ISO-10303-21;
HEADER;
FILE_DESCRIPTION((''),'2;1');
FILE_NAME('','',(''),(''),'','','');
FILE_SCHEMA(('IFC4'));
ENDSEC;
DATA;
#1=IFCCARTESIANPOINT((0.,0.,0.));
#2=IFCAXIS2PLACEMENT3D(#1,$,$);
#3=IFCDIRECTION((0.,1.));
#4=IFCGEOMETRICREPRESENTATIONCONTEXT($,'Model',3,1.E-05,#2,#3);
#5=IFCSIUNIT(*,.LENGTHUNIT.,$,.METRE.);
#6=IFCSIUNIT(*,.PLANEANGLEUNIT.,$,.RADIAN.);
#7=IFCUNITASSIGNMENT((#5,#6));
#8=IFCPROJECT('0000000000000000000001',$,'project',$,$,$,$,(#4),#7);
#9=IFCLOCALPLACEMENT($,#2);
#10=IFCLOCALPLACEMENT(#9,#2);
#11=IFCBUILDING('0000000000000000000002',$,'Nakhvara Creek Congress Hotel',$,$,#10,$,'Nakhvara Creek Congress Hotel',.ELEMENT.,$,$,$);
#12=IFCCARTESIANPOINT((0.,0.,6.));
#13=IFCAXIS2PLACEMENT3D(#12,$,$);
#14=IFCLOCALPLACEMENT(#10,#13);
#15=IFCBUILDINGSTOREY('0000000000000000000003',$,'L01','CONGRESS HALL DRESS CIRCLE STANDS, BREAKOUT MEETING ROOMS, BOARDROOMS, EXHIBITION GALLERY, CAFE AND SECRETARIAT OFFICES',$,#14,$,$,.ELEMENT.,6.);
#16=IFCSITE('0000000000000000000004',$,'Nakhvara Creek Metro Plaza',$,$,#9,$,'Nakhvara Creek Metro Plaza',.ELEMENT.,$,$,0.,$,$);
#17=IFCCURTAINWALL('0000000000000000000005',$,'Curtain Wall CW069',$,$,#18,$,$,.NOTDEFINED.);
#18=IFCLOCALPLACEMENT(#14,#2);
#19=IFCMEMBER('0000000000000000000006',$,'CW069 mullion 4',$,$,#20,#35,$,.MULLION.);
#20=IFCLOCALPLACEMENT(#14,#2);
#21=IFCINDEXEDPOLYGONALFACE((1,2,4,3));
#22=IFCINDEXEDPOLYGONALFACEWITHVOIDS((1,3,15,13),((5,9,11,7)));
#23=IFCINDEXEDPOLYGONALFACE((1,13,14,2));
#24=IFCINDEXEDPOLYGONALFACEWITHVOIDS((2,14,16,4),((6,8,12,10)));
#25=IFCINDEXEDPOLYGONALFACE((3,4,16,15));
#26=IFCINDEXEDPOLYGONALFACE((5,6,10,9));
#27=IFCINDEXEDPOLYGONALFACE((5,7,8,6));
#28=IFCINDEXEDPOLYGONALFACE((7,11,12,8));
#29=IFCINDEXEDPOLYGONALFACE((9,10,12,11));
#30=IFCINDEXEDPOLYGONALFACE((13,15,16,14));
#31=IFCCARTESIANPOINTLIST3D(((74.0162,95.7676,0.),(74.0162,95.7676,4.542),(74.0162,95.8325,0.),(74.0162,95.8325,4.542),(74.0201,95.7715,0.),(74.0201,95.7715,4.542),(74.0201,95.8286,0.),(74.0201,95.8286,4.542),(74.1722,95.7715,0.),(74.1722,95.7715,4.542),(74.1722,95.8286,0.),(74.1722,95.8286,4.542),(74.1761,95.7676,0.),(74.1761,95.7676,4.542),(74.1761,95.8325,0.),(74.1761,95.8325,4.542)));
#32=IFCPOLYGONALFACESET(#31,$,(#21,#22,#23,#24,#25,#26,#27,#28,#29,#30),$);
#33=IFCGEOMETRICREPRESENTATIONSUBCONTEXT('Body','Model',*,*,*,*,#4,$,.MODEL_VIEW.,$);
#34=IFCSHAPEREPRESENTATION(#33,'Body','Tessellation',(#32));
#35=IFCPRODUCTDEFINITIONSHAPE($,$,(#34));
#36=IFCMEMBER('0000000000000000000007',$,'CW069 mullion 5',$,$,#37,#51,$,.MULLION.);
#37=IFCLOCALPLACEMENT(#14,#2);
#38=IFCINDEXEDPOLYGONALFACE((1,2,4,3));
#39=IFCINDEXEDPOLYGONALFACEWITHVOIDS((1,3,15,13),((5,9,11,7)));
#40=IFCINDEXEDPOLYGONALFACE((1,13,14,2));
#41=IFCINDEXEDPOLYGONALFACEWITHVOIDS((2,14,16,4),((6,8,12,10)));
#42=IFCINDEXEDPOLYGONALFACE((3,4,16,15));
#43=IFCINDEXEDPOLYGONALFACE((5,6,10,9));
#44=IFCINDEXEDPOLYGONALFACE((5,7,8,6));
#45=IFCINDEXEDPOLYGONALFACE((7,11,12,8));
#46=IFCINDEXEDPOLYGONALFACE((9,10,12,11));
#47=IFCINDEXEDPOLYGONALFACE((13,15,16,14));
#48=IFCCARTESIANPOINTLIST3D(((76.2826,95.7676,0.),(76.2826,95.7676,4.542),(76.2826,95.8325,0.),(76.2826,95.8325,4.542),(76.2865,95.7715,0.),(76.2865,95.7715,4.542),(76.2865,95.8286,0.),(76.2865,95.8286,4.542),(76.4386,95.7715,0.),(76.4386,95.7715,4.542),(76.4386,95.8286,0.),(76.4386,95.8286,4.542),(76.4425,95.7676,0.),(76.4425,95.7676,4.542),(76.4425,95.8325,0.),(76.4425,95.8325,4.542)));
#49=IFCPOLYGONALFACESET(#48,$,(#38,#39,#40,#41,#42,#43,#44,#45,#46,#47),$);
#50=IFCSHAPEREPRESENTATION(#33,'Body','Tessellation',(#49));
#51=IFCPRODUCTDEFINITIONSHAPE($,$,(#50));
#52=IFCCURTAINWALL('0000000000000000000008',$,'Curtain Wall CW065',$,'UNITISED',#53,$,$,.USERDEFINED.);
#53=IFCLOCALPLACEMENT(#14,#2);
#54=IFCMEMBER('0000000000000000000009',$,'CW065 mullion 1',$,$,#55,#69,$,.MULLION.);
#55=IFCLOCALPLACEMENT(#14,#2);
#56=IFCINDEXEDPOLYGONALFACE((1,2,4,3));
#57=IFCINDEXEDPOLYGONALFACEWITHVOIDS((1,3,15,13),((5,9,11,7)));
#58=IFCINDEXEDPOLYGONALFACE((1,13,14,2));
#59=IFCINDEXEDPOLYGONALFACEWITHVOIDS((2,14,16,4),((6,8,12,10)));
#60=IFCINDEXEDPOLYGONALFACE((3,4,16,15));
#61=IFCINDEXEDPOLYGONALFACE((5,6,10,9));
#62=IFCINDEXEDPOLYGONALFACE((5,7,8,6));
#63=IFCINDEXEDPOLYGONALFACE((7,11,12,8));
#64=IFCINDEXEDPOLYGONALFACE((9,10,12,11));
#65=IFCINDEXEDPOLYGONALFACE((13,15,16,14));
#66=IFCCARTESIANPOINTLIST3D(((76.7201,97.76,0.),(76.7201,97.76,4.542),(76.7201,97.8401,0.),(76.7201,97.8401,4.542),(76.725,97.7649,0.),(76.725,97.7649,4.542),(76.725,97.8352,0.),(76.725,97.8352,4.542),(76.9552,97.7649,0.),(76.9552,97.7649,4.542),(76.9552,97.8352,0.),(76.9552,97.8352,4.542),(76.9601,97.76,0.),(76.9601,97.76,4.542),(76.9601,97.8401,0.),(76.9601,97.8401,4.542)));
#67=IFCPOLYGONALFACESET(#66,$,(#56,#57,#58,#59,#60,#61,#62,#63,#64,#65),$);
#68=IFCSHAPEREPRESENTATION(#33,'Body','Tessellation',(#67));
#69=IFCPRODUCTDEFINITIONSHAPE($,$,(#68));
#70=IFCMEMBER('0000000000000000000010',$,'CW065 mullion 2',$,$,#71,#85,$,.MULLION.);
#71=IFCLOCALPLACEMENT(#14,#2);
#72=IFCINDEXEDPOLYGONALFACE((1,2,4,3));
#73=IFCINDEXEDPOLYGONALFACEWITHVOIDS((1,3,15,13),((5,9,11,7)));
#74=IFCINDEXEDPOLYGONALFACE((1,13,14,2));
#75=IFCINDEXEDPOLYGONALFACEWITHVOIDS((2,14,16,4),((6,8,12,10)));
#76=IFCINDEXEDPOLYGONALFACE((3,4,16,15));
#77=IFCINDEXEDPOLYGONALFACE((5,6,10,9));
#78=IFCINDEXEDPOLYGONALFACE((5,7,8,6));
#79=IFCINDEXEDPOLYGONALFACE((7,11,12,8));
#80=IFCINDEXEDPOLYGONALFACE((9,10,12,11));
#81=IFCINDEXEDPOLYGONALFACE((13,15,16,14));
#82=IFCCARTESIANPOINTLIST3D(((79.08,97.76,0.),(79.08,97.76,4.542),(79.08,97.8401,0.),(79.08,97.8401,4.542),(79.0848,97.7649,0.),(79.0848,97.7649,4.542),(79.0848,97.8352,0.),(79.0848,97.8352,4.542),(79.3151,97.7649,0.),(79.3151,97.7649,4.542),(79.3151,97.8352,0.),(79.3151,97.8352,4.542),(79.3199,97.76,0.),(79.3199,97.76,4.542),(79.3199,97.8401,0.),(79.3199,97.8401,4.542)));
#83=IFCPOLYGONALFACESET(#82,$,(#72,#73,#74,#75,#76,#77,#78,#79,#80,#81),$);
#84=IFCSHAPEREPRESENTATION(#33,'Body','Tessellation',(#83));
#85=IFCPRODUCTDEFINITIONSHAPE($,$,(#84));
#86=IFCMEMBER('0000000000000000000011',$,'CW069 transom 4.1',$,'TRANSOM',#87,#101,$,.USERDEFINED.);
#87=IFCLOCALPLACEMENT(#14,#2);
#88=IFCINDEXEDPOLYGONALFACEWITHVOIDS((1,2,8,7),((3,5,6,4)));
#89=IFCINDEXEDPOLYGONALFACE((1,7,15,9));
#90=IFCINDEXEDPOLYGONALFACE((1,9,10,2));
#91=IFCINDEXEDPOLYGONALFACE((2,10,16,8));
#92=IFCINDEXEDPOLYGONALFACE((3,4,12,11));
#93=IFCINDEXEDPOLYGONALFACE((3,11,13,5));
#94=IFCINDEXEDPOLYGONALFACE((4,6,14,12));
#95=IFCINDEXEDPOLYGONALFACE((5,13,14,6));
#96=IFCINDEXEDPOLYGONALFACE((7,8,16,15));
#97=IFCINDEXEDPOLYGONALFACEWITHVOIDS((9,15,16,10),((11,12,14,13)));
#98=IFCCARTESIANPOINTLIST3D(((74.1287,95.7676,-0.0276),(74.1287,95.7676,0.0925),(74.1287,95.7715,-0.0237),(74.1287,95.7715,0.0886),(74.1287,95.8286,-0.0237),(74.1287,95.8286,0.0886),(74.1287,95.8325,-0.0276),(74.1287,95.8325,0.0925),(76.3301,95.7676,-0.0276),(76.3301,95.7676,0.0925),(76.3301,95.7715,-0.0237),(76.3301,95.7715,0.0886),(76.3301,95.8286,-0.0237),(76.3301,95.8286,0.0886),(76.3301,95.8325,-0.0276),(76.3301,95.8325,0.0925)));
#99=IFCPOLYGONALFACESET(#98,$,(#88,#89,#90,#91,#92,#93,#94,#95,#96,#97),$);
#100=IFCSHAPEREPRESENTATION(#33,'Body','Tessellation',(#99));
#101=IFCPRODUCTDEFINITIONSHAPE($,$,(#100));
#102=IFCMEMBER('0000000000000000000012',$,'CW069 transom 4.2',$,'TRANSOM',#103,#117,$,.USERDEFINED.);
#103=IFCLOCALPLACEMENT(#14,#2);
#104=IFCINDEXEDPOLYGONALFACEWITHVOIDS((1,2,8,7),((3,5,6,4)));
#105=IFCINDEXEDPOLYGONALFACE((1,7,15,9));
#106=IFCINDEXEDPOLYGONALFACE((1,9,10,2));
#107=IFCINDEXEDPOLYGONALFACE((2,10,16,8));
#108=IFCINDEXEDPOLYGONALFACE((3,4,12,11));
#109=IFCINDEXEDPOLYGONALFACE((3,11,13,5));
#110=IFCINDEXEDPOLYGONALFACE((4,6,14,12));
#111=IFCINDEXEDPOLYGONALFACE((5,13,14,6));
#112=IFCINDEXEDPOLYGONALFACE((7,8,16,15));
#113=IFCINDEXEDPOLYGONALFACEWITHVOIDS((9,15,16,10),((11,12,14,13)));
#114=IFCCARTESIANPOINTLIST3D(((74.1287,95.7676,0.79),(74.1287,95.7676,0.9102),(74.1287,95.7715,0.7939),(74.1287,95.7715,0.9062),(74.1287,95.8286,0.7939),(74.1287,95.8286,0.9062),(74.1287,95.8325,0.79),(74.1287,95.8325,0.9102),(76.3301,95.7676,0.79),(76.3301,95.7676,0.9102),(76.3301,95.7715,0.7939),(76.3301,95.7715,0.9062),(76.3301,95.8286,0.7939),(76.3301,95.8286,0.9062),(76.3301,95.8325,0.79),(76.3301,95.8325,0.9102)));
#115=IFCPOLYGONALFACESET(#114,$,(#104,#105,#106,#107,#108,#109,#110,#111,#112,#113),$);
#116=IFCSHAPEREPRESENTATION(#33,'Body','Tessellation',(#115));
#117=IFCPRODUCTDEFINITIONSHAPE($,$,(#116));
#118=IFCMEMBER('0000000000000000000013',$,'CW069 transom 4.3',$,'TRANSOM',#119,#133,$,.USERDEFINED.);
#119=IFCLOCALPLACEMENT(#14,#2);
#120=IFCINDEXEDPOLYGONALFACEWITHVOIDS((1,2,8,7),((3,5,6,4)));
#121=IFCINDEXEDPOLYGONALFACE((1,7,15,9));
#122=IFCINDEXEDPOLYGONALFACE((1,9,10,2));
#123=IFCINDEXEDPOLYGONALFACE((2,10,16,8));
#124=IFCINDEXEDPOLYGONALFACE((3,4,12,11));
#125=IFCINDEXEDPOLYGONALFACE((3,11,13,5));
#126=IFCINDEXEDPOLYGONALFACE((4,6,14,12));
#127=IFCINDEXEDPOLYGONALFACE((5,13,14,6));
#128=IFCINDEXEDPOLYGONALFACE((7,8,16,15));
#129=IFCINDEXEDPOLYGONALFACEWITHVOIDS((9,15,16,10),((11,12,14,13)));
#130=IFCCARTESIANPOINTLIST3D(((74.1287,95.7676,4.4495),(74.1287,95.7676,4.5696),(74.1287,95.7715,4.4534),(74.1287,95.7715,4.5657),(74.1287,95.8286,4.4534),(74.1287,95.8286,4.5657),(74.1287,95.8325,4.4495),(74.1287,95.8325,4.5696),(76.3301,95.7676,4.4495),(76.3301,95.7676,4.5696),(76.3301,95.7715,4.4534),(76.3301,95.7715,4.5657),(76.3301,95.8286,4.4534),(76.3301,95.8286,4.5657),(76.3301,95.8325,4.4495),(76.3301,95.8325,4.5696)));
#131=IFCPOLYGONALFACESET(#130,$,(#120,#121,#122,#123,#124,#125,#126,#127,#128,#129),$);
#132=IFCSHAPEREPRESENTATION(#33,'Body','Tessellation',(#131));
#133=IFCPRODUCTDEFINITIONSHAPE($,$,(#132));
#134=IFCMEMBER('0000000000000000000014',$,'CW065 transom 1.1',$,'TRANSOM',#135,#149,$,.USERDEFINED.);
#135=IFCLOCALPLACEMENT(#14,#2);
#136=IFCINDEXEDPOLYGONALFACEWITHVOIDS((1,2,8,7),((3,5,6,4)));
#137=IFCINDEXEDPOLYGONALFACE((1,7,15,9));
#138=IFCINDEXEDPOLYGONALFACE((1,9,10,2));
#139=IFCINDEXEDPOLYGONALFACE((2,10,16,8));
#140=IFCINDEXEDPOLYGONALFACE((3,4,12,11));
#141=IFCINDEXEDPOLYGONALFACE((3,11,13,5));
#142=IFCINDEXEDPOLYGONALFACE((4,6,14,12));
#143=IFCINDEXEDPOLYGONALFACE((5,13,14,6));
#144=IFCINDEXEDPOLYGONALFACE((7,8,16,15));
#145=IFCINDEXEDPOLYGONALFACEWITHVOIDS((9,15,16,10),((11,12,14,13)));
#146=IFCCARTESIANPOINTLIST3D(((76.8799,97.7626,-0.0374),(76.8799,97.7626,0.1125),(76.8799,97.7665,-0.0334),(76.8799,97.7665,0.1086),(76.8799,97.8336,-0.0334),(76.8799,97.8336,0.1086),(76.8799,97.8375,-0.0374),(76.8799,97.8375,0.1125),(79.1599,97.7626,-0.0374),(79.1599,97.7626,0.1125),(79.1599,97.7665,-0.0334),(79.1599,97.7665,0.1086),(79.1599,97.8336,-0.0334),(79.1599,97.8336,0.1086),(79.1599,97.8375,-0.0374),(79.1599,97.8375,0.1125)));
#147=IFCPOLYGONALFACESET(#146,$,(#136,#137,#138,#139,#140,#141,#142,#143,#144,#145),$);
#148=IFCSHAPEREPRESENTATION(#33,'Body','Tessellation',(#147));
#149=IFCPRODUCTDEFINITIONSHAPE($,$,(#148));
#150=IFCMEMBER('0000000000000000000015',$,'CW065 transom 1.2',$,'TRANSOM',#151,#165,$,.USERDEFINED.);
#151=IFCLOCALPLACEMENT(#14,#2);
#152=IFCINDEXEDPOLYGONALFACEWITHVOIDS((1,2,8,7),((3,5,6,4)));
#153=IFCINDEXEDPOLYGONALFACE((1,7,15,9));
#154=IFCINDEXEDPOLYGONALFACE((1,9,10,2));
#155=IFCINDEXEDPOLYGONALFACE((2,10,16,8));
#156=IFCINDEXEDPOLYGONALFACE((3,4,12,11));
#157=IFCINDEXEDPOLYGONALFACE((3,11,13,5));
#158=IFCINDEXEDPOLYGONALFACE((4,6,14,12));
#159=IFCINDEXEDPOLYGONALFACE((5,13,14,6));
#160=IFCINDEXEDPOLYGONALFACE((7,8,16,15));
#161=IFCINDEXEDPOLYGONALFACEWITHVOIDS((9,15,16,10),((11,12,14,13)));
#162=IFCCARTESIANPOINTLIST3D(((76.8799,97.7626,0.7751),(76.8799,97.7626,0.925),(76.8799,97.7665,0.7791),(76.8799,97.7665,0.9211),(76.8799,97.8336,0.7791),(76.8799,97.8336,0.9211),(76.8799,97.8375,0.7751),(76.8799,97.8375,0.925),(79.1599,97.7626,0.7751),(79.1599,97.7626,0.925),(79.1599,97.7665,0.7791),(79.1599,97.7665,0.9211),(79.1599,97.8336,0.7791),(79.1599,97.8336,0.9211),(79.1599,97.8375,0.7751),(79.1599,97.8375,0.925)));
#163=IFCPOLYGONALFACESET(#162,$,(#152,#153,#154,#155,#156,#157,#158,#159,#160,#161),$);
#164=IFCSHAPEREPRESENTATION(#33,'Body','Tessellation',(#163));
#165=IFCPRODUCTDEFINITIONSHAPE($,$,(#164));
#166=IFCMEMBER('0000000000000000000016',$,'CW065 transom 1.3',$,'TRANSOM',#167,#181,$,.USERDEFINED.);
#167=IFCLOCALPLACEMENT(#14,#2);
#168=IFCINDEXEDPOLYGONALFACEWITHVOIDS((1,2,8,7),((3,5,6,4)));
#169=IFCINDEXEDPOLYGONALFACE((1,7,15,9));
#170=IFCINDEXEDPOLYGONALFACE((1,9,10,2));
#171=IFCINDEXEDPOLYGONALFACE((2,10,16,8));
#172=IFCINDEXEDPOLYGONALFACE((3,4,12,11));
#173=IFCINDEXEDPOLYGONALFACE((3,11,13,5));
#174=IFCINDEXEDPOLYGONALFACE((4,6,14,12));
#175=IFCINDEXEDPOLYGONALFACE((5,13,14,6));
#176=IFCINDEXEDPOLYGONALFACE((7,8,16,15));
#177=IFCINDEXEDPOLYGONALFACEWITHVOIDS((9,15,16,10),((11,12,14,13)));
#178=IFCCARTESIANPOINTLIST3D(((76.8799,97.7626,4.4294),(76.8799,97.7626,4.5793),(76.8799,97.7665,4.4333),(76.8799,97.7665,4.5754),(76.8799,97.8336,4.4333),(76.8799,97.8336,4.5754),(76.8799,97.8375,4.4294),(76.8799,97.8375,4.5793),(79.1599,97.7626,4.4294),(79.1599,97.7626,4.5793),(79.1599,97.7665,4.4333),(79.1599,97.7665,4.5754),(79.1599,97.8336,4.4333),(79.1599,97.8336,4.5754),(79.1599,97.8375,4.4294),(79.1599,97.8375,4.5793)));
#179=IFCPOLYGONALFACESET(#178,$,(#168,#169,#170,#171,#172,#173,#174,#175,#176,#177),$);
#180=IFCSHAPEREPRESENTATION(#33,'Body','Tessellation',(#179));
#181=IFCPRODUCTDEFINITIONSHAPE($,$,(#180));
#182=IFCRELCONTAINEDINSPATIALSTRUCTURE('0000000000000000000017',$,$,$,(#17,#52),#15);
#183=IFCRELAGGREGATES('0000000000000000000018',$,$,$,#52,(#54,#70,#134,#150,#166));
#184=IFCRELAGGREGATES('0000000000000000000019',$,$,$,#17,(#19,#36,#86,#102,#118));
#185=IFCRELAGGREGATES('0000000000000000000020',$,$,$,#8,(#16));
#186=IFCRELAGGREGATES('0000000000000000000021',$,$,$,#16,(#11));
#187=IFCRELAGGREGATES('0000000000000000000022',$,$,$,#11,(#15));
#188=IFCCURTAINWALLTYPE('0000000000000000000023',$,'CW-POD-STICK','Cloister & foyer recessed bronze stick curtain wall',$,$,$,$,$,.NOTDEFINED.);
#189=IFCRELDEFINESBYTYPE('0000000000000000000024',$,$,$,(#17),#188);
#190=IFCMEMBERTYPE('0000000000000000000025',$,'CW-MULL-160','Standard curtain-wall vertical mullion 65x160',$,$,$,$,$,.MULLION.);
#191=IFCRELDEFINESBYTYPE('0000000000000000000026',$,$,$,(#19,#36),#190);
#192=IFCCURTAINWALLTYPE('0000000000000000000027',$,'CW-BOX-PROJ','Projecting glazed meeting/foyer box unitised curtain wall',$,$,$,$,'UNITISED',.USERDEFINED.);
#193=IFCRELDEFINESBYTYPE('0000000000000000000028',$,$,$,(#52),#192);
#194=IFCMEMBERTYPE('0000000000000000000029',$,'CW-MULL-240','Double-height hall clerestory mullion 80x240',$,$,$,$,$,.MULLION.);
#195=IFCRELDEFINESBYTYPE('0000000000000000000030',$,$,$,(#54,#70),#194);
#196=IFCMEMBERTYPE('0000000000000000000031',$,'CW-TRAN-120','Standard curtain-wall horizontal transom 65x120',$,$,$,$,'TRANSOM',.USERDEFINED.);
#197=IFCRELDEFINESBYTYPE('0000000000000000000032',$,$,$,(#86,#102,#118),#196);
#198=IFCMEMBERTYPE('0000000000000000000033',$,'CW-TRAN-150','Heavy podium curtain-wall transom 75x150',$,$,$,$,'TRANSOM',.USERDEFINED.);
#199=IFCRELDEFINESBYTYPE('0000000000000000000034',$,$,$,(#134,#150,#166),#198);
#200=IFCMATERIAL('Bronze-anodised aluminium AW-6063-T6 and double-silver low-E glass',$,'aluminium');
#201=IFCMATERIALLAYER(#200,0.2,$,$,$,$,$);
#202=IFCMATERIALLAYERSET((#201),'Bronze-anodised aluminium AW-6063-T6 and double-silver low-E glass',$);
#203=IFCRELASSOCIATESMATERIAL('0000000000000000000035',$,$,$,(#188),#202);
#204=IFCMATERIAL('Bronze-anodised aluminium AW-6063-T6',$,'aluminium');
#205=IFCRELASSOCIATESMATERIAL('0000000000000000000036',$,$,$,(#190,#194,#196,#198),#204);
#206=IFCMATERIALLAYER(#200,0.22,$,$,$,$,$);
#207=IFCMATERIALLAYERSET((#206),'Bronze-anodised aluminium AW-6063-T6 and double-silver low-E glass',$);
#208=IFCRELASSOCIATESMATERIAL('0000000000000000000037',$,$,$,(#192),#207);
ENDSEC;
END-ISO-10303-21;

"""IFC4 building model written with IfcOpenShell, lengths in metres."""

from ifc_helpers import new_model, si_unit, direction, frame, origin, origin_2d, place, context, subcontext, project, spatial, hollow_rectangle, extrude, material, layer, layer_set, material_profile, profile_set, type_object, element, aggregate, save


model = new_model("IFC4")

# Units and contexts
model_context = context("Model", 3, precision=1e-05, world=origin(), true_north=direction((0.0, 1.0)))
body_context = subcontext(model_context, "Body", "Model", "MODEL_VIEW")
ifc_project = project(units=[si_unit("LENGTHUNIT", "METRE"), si_unit("PLANEANGLEUNIT", "RADIAN")], contexts=[model_context])

# Site, building, storey
site_placement = place(None, origin())
site = spatial("IfcSite", under=ifc_project, at=site_placement, Name="Nakhvara Creek Metro Plaza", LongName="Nakhvara Creek Metro Plaza", CompositionType="ELEMENT", RefElevation=0.0)
building_placement = place(site_placement, origin())
building = spatial("IfcBuilding", under=site, at=building_placement, Name="Nakhvara Creek Congress Hotel", LongName="Nakhvara Creek Congress Hotel", CompositionType="ELEMENT")
storey_placement = place(building_placement, frame((0.0, 0.0, 6.0)))
storey = spatial("IfcBuildingStorey", under=building, at=storey_placement, Name="L01", Description="CONGRESS HALL DRESS CIRCLE STANDS, BREAKOUT MEETING ROOMS, BOARDROOMS, EXHIBITION GALLERY, CAFE AND SECRETARIAT OFFICES", CompositionType="ELEMENT", Elevation=6.0)

# Curtain walls, members
ifc_material_1 = material(Name="Bronze-anodised aluminium AW-6063-T6 and double-silver low-E glass", Category="aluminium")
ifc_layer_1 = layer(ifc_material_1, 0.2)
ifc_layer_set_1 = layer_set([ifc_layer_1], Name="Bronze-anodised aluminium AW-6063-T6 and double-silver low-E glass")
curtain_wall_type_1 = type_object("IfcCurtainWallType", Name="CW-POD-STICK", Description="Cloister & foyer recessed bronze stick curtain wall", PredefinedType="NOTDEFINED", material=ifc_layer_set_1)
curtain_wall_1_placement = place(storey_placement, origin())
curtain_wall_1 = element("IfcCurtainWall", 1, at=curtain_wall_1_placement, inside=storey, type_object=curtain_wall_type_1, Name="Curtain Wall CW069", PredefinedType="NOTDEFINED")
ifc_material_2 = material(Name="Bronze-anodised aluminium AW-6063-T6", Category="aluminium")
ifc_material_profile_1 = material_profile(ifc_material_2, hollow_rectangle(XDim=0.0649, YDim=0.1599, WallThickness=0.0039, at=origin_2d()), Name="ALU-MULL 65x160x4", Category="LoadBearing")
ifc_profile_set_1 = profile_set([ifc_material_profile_1], Name="Bronze-anodised aluminium AW-6063-T6")
member_type_1 = type_object("IfcMemberType", Name="CW-MULL-160", Description="Standard curtain-wall vertical mullion 65x160", PredefinedType="MULLION", material=ifc_profile_set_1)
member_1_placement = place(storey_placement, frame((74.0962, 95.8, 0.0), z_axis=(0.0, 0.0, 1.0), x_axis=(0.0, 1.0, 0.0)))
member_1 = element("IfcMember", 2, at=member_1_placement, type_object=member_type_1, Name="CW069 mullion 4", PredefinedType="MULLION", context=body_context, shape_type="SweptSolid", body=[
    extrude(hollow_rectangle(XDim=0.0649, YDim=0.1599, WallThickness=0.0039, at=origin_2d()), origin(), (0.0, 0.0, 1.0), 4.542),
])
member_2_placement = place(storey_placement, frame((76.3625, 95.8, 0.0), z_axis=(0.0, 0.0, 1.0), x_axis=(0.0, 1.0, 0.0)))
member_2 = element("IfcMember", 3, at=member_2_placement, type_object=member_type_1, Name="CW069 mullion 5", PredefinedType="MULLION", context=body_context, shape_type="SweptSolid", body=[
    extrude(hollow_rectangle(XDim=0.0649, YDim=0.1599, WallThickness=0.0039, at=origin_2d()), origin(), (0.0, 0.0, 1.0), 4.542),
])
ifc_layer_2 = layer(ifc_material_1, 0.22)
ifc_layer_set_2 = layer_set([ifc_layer_2], Name="Bronze-anodised aluminium AW-6063-T6 and double-silver low-E glass")
curtain_wall_type_2 = type_object("IfcCurtainWallType", Name="CW-BOX-PROJ", Description="Projecting glazed meeting/foyer box unitised curtain wall", ElementType="UNITISED", PredefinedType="USERDEFINED", material=ifc_layer_set_2)
curtain_wall_2_placement = place(storey_placement, origin())
curtain_wall_2 = element("IfcCurtainWall", 4, at=curtain_wall_2_placement, inside=storey, type_object=curtain_wall_type_2, Name="Curtain Wall CW065", ObjectType="UNITISED", PredefinedType="USERDEFINED")
ifc_material_profile_2 = material_profile(ifc_material_2, hollow_rectangle(XDim=0.0801, YDim=0.24, WallThickness=0.0049, at=origin_2d()), Name="ALU-MULL 80x240x5", Category="LoadBearing")
ifc_profile_set_2 = profile_set([ifc_material_profile_2], Name="Bronze-anodised aluminium AW-6063-T6")
member_type_2 = type_object("IfcMemberType", Name="CW-MULL-240", Description="Double-height hall clerestory mullion 80x240", PredefinedType="MULLION", material=ifc_profile_set_2)
member_3_placement = place(storey_placement, frame((76.8401, 97.8, 0.0), z_axis=(0.0, 0.0, 1.0), x_axis=(0.0, 1.0, 0.0)))
member_3 = element("IfcMember", 5, at=member_3_placement, type_object=member_type_2, Name="CW065 mullion 1", PredefinedType="MULLION", context=body_context, shape_type="SweptSolid", body=[
    extrude(hollow_rectangle(XDim=0.0801, YDim=0.24, WallThickness=0.0049, at=origin_2d()), origin(), (0.0, 0.0, 1.0), 4.542),
])
member_4_placement = place(storey_placement, frame((79.2, 97.8, 0.0), z_axis=(0.0, 0.0, 1.0), x_axis=(0.0, 1.0, 0.0)))
member_4 = element("IfcMember", 6, at=member_4_placement, type_object=member_type_2, Name="CW065 mullion 2", PredefinedType="MULLION", context=body_context, shape_type="SweptSolid", body=[
    extrude(hollow_rectangle(XDim=0.0801, YDim=0.24, WallThickness=0.0049, at=origin_2d()), origin(), (0.0, 0.0, 1.0), 4.542),
])

# Members
ifc_material_profile_3 = material_profile(ifc_material_2, hollow_rectangle(XDim=0.0649, YDim=0.1201, WallThickness=0.0039, at=origin_2d()), Name="ALU-TRAN 65x120x4", Category="LoadBearing")
ifc_profile_set_3 = profile_set([ifc_material_profile_3], Name="Bronze-anodised aluminium AW-6063-T6")
member_type_3 = type_object("IfcMemberType", Name="CW-TRAN-120", Description="Standard curtain-wall horizontal transom 65x120", ElementType="TRANSOM", PredefinedType="USERDEFINED", material=ifc_profile_set_3)
member_5_placement = place(storey_placement, frame((74.1287, 95.8, 0.0325), z_axis=(1.0, 0.0, 0.0), x_axis=(0.0, 1.0, 0.0)))
member_5 = element("IfcMember", 7, at=member_5_placement, type_object=member_type_3, Name="CW069 transom 4.1", ObjectType="TRANSOM", PredefinedType="USERDEFINED", context=body_context, shape_type="SweptSolid", body=[
    extrude(hollow_rectangle(XDim=0.0649, YDim=0.1201, WallThickness=0.0039, at=origin_2d()), origin(), (0.0, 0.0, 1.0), 2.2014),
])
member_6_placement = place(storey_placement, frame((74.1287, 95.8, 0.8501), z_axis=(1.0, 0.0, 0.0), x_axis=(0.0, 1.0, 0.0)))
member_6 = element("IfcMember", 8, at=member_6_placement, type_object=member_type_3, Name="CW069 transom 4.2", ObjectType="TRANSOM", PredefinedType="USERDEFINED", context=body_context, shape_type="SweptSolid", body=[
    extrude(hollow_rectangle(XDim=0.0649, YDim=0.1201, WallThickness=0.0039, at=origin_2d()), origin(), (0.0, 0.0, 1.0), 2.2014),
])
member_7_placement = place(storey_placement, frame((74.1287, 95.8, 4.5095), z_axis=(1.0, 0.0, 0.0), x_axis=(0.0, 1.0, 0.0)))
member_7 = element("IfcMember", 9, at=member_7_placement, type_object=member_type_3, Name="CW069 transom 4.3", ObjectType="TRANSOM", PredefinedType="USERDEFINED", context=body_context, shape_type="SweptSolid", body=[
    extrude(hollow_rectangle(XDim=0.0649, YDim=0.1201, WallThickness=0.0039, at=origin_2d()), origin(), (0.0, 0.0, 1.0), 2.2014),
])
ifc_material_profile_4 = material_profile(ifc_material_2, hollow_rectangle(XDim=0.075, YDim=0.1499, WallThickness=0.0039, at=origin_2d()), Name="ALU-TRAN 75x150x4", Category="LoadBearing")
ifc_profile_set_4 = profile_set([ifc_material_profile_4], Name="Bronze-anodised aluminium AW-6063-T6")
member_type_4 = type_object("IfcMemberType", Name="CW-TRAN-150", Description="Heavy podium curtain-wall transom 75x150", ElementType="TRANSOM", PredefinedType="USERDEFINED", material=ifc_profile_set_4)
member_8_placement = place(storey_placement, frame((76.8799, 97.8, 0.0376), z_axis=(1.0, 0.0, 0.0), x_axis=(0.0, 1.0, 0.0)))
member_8 = element("IfcMember", 10, at=member_8_placement, type_object=member_type_4, Name="CW065 transom 1.1", ObjectType="TRANSOM", PredefinedType="USERDEFINED", context=body_context, shape_type="SweptSolid", body=[
    extrude(hollow_rectangle(XDim=0.075, YDim=0.1499, WallThickness=0.0039, at=origin_2d()), origin(), (0.0, 0.0, 1.0), 2.28),
])
member_9_placement = place(storey_placement, frame((76.8799, 97.8, 0.8501), z_axis=(1.0, 0.0, 0.0), x_axis=(0.0, 1.0, 0.0)))
member_9 = element("IfcMember", 11, at=member_9_placement, type_object=member_type_4, Name="CW065 transom 1.2", ObjectType="TRANSOM", PredefinedType="USERDEFINED", context=body_context, shape_type="SweptSolid", body=[
    extrude(hollow_rectangle(XDim=0.075, YDim=0.1499, WallThickness=0.0039, at=origin_2d()), origin(), (0.0, 0.0, 1.0), 2.28),
])
member_10_placement = place(storey_placement, frame((76.8799, 97.8, 4.5044), z_axis=(1.0, 0.0, 0.0), x_axis=(0.0, 1.0, 0.0)))
member_10 = element("IfcMember", 12, at=member_10_placement, type_object=member_type_4, Name="CW065 transom 1.3", ObjectType="TRANSOM", PredefinedType="USERDEFINED", context=body_context, shape_type="SweptSolid", body=[
    extrude(hollow_rectangle(XDim=0.075, YDim=0.1499, WallThickness=0.0039, at=origin_2d()), origin(), (0.0, 0.0, 1.0), 2.28),
])

aggregate(curtain_wall_2, [member_3, member_4, member_8, member_9, member_10])
aggregate(curtain_wall_1, [member_1, member_2, member_5, member_6, member_7])

save(model, "model.ifc")
